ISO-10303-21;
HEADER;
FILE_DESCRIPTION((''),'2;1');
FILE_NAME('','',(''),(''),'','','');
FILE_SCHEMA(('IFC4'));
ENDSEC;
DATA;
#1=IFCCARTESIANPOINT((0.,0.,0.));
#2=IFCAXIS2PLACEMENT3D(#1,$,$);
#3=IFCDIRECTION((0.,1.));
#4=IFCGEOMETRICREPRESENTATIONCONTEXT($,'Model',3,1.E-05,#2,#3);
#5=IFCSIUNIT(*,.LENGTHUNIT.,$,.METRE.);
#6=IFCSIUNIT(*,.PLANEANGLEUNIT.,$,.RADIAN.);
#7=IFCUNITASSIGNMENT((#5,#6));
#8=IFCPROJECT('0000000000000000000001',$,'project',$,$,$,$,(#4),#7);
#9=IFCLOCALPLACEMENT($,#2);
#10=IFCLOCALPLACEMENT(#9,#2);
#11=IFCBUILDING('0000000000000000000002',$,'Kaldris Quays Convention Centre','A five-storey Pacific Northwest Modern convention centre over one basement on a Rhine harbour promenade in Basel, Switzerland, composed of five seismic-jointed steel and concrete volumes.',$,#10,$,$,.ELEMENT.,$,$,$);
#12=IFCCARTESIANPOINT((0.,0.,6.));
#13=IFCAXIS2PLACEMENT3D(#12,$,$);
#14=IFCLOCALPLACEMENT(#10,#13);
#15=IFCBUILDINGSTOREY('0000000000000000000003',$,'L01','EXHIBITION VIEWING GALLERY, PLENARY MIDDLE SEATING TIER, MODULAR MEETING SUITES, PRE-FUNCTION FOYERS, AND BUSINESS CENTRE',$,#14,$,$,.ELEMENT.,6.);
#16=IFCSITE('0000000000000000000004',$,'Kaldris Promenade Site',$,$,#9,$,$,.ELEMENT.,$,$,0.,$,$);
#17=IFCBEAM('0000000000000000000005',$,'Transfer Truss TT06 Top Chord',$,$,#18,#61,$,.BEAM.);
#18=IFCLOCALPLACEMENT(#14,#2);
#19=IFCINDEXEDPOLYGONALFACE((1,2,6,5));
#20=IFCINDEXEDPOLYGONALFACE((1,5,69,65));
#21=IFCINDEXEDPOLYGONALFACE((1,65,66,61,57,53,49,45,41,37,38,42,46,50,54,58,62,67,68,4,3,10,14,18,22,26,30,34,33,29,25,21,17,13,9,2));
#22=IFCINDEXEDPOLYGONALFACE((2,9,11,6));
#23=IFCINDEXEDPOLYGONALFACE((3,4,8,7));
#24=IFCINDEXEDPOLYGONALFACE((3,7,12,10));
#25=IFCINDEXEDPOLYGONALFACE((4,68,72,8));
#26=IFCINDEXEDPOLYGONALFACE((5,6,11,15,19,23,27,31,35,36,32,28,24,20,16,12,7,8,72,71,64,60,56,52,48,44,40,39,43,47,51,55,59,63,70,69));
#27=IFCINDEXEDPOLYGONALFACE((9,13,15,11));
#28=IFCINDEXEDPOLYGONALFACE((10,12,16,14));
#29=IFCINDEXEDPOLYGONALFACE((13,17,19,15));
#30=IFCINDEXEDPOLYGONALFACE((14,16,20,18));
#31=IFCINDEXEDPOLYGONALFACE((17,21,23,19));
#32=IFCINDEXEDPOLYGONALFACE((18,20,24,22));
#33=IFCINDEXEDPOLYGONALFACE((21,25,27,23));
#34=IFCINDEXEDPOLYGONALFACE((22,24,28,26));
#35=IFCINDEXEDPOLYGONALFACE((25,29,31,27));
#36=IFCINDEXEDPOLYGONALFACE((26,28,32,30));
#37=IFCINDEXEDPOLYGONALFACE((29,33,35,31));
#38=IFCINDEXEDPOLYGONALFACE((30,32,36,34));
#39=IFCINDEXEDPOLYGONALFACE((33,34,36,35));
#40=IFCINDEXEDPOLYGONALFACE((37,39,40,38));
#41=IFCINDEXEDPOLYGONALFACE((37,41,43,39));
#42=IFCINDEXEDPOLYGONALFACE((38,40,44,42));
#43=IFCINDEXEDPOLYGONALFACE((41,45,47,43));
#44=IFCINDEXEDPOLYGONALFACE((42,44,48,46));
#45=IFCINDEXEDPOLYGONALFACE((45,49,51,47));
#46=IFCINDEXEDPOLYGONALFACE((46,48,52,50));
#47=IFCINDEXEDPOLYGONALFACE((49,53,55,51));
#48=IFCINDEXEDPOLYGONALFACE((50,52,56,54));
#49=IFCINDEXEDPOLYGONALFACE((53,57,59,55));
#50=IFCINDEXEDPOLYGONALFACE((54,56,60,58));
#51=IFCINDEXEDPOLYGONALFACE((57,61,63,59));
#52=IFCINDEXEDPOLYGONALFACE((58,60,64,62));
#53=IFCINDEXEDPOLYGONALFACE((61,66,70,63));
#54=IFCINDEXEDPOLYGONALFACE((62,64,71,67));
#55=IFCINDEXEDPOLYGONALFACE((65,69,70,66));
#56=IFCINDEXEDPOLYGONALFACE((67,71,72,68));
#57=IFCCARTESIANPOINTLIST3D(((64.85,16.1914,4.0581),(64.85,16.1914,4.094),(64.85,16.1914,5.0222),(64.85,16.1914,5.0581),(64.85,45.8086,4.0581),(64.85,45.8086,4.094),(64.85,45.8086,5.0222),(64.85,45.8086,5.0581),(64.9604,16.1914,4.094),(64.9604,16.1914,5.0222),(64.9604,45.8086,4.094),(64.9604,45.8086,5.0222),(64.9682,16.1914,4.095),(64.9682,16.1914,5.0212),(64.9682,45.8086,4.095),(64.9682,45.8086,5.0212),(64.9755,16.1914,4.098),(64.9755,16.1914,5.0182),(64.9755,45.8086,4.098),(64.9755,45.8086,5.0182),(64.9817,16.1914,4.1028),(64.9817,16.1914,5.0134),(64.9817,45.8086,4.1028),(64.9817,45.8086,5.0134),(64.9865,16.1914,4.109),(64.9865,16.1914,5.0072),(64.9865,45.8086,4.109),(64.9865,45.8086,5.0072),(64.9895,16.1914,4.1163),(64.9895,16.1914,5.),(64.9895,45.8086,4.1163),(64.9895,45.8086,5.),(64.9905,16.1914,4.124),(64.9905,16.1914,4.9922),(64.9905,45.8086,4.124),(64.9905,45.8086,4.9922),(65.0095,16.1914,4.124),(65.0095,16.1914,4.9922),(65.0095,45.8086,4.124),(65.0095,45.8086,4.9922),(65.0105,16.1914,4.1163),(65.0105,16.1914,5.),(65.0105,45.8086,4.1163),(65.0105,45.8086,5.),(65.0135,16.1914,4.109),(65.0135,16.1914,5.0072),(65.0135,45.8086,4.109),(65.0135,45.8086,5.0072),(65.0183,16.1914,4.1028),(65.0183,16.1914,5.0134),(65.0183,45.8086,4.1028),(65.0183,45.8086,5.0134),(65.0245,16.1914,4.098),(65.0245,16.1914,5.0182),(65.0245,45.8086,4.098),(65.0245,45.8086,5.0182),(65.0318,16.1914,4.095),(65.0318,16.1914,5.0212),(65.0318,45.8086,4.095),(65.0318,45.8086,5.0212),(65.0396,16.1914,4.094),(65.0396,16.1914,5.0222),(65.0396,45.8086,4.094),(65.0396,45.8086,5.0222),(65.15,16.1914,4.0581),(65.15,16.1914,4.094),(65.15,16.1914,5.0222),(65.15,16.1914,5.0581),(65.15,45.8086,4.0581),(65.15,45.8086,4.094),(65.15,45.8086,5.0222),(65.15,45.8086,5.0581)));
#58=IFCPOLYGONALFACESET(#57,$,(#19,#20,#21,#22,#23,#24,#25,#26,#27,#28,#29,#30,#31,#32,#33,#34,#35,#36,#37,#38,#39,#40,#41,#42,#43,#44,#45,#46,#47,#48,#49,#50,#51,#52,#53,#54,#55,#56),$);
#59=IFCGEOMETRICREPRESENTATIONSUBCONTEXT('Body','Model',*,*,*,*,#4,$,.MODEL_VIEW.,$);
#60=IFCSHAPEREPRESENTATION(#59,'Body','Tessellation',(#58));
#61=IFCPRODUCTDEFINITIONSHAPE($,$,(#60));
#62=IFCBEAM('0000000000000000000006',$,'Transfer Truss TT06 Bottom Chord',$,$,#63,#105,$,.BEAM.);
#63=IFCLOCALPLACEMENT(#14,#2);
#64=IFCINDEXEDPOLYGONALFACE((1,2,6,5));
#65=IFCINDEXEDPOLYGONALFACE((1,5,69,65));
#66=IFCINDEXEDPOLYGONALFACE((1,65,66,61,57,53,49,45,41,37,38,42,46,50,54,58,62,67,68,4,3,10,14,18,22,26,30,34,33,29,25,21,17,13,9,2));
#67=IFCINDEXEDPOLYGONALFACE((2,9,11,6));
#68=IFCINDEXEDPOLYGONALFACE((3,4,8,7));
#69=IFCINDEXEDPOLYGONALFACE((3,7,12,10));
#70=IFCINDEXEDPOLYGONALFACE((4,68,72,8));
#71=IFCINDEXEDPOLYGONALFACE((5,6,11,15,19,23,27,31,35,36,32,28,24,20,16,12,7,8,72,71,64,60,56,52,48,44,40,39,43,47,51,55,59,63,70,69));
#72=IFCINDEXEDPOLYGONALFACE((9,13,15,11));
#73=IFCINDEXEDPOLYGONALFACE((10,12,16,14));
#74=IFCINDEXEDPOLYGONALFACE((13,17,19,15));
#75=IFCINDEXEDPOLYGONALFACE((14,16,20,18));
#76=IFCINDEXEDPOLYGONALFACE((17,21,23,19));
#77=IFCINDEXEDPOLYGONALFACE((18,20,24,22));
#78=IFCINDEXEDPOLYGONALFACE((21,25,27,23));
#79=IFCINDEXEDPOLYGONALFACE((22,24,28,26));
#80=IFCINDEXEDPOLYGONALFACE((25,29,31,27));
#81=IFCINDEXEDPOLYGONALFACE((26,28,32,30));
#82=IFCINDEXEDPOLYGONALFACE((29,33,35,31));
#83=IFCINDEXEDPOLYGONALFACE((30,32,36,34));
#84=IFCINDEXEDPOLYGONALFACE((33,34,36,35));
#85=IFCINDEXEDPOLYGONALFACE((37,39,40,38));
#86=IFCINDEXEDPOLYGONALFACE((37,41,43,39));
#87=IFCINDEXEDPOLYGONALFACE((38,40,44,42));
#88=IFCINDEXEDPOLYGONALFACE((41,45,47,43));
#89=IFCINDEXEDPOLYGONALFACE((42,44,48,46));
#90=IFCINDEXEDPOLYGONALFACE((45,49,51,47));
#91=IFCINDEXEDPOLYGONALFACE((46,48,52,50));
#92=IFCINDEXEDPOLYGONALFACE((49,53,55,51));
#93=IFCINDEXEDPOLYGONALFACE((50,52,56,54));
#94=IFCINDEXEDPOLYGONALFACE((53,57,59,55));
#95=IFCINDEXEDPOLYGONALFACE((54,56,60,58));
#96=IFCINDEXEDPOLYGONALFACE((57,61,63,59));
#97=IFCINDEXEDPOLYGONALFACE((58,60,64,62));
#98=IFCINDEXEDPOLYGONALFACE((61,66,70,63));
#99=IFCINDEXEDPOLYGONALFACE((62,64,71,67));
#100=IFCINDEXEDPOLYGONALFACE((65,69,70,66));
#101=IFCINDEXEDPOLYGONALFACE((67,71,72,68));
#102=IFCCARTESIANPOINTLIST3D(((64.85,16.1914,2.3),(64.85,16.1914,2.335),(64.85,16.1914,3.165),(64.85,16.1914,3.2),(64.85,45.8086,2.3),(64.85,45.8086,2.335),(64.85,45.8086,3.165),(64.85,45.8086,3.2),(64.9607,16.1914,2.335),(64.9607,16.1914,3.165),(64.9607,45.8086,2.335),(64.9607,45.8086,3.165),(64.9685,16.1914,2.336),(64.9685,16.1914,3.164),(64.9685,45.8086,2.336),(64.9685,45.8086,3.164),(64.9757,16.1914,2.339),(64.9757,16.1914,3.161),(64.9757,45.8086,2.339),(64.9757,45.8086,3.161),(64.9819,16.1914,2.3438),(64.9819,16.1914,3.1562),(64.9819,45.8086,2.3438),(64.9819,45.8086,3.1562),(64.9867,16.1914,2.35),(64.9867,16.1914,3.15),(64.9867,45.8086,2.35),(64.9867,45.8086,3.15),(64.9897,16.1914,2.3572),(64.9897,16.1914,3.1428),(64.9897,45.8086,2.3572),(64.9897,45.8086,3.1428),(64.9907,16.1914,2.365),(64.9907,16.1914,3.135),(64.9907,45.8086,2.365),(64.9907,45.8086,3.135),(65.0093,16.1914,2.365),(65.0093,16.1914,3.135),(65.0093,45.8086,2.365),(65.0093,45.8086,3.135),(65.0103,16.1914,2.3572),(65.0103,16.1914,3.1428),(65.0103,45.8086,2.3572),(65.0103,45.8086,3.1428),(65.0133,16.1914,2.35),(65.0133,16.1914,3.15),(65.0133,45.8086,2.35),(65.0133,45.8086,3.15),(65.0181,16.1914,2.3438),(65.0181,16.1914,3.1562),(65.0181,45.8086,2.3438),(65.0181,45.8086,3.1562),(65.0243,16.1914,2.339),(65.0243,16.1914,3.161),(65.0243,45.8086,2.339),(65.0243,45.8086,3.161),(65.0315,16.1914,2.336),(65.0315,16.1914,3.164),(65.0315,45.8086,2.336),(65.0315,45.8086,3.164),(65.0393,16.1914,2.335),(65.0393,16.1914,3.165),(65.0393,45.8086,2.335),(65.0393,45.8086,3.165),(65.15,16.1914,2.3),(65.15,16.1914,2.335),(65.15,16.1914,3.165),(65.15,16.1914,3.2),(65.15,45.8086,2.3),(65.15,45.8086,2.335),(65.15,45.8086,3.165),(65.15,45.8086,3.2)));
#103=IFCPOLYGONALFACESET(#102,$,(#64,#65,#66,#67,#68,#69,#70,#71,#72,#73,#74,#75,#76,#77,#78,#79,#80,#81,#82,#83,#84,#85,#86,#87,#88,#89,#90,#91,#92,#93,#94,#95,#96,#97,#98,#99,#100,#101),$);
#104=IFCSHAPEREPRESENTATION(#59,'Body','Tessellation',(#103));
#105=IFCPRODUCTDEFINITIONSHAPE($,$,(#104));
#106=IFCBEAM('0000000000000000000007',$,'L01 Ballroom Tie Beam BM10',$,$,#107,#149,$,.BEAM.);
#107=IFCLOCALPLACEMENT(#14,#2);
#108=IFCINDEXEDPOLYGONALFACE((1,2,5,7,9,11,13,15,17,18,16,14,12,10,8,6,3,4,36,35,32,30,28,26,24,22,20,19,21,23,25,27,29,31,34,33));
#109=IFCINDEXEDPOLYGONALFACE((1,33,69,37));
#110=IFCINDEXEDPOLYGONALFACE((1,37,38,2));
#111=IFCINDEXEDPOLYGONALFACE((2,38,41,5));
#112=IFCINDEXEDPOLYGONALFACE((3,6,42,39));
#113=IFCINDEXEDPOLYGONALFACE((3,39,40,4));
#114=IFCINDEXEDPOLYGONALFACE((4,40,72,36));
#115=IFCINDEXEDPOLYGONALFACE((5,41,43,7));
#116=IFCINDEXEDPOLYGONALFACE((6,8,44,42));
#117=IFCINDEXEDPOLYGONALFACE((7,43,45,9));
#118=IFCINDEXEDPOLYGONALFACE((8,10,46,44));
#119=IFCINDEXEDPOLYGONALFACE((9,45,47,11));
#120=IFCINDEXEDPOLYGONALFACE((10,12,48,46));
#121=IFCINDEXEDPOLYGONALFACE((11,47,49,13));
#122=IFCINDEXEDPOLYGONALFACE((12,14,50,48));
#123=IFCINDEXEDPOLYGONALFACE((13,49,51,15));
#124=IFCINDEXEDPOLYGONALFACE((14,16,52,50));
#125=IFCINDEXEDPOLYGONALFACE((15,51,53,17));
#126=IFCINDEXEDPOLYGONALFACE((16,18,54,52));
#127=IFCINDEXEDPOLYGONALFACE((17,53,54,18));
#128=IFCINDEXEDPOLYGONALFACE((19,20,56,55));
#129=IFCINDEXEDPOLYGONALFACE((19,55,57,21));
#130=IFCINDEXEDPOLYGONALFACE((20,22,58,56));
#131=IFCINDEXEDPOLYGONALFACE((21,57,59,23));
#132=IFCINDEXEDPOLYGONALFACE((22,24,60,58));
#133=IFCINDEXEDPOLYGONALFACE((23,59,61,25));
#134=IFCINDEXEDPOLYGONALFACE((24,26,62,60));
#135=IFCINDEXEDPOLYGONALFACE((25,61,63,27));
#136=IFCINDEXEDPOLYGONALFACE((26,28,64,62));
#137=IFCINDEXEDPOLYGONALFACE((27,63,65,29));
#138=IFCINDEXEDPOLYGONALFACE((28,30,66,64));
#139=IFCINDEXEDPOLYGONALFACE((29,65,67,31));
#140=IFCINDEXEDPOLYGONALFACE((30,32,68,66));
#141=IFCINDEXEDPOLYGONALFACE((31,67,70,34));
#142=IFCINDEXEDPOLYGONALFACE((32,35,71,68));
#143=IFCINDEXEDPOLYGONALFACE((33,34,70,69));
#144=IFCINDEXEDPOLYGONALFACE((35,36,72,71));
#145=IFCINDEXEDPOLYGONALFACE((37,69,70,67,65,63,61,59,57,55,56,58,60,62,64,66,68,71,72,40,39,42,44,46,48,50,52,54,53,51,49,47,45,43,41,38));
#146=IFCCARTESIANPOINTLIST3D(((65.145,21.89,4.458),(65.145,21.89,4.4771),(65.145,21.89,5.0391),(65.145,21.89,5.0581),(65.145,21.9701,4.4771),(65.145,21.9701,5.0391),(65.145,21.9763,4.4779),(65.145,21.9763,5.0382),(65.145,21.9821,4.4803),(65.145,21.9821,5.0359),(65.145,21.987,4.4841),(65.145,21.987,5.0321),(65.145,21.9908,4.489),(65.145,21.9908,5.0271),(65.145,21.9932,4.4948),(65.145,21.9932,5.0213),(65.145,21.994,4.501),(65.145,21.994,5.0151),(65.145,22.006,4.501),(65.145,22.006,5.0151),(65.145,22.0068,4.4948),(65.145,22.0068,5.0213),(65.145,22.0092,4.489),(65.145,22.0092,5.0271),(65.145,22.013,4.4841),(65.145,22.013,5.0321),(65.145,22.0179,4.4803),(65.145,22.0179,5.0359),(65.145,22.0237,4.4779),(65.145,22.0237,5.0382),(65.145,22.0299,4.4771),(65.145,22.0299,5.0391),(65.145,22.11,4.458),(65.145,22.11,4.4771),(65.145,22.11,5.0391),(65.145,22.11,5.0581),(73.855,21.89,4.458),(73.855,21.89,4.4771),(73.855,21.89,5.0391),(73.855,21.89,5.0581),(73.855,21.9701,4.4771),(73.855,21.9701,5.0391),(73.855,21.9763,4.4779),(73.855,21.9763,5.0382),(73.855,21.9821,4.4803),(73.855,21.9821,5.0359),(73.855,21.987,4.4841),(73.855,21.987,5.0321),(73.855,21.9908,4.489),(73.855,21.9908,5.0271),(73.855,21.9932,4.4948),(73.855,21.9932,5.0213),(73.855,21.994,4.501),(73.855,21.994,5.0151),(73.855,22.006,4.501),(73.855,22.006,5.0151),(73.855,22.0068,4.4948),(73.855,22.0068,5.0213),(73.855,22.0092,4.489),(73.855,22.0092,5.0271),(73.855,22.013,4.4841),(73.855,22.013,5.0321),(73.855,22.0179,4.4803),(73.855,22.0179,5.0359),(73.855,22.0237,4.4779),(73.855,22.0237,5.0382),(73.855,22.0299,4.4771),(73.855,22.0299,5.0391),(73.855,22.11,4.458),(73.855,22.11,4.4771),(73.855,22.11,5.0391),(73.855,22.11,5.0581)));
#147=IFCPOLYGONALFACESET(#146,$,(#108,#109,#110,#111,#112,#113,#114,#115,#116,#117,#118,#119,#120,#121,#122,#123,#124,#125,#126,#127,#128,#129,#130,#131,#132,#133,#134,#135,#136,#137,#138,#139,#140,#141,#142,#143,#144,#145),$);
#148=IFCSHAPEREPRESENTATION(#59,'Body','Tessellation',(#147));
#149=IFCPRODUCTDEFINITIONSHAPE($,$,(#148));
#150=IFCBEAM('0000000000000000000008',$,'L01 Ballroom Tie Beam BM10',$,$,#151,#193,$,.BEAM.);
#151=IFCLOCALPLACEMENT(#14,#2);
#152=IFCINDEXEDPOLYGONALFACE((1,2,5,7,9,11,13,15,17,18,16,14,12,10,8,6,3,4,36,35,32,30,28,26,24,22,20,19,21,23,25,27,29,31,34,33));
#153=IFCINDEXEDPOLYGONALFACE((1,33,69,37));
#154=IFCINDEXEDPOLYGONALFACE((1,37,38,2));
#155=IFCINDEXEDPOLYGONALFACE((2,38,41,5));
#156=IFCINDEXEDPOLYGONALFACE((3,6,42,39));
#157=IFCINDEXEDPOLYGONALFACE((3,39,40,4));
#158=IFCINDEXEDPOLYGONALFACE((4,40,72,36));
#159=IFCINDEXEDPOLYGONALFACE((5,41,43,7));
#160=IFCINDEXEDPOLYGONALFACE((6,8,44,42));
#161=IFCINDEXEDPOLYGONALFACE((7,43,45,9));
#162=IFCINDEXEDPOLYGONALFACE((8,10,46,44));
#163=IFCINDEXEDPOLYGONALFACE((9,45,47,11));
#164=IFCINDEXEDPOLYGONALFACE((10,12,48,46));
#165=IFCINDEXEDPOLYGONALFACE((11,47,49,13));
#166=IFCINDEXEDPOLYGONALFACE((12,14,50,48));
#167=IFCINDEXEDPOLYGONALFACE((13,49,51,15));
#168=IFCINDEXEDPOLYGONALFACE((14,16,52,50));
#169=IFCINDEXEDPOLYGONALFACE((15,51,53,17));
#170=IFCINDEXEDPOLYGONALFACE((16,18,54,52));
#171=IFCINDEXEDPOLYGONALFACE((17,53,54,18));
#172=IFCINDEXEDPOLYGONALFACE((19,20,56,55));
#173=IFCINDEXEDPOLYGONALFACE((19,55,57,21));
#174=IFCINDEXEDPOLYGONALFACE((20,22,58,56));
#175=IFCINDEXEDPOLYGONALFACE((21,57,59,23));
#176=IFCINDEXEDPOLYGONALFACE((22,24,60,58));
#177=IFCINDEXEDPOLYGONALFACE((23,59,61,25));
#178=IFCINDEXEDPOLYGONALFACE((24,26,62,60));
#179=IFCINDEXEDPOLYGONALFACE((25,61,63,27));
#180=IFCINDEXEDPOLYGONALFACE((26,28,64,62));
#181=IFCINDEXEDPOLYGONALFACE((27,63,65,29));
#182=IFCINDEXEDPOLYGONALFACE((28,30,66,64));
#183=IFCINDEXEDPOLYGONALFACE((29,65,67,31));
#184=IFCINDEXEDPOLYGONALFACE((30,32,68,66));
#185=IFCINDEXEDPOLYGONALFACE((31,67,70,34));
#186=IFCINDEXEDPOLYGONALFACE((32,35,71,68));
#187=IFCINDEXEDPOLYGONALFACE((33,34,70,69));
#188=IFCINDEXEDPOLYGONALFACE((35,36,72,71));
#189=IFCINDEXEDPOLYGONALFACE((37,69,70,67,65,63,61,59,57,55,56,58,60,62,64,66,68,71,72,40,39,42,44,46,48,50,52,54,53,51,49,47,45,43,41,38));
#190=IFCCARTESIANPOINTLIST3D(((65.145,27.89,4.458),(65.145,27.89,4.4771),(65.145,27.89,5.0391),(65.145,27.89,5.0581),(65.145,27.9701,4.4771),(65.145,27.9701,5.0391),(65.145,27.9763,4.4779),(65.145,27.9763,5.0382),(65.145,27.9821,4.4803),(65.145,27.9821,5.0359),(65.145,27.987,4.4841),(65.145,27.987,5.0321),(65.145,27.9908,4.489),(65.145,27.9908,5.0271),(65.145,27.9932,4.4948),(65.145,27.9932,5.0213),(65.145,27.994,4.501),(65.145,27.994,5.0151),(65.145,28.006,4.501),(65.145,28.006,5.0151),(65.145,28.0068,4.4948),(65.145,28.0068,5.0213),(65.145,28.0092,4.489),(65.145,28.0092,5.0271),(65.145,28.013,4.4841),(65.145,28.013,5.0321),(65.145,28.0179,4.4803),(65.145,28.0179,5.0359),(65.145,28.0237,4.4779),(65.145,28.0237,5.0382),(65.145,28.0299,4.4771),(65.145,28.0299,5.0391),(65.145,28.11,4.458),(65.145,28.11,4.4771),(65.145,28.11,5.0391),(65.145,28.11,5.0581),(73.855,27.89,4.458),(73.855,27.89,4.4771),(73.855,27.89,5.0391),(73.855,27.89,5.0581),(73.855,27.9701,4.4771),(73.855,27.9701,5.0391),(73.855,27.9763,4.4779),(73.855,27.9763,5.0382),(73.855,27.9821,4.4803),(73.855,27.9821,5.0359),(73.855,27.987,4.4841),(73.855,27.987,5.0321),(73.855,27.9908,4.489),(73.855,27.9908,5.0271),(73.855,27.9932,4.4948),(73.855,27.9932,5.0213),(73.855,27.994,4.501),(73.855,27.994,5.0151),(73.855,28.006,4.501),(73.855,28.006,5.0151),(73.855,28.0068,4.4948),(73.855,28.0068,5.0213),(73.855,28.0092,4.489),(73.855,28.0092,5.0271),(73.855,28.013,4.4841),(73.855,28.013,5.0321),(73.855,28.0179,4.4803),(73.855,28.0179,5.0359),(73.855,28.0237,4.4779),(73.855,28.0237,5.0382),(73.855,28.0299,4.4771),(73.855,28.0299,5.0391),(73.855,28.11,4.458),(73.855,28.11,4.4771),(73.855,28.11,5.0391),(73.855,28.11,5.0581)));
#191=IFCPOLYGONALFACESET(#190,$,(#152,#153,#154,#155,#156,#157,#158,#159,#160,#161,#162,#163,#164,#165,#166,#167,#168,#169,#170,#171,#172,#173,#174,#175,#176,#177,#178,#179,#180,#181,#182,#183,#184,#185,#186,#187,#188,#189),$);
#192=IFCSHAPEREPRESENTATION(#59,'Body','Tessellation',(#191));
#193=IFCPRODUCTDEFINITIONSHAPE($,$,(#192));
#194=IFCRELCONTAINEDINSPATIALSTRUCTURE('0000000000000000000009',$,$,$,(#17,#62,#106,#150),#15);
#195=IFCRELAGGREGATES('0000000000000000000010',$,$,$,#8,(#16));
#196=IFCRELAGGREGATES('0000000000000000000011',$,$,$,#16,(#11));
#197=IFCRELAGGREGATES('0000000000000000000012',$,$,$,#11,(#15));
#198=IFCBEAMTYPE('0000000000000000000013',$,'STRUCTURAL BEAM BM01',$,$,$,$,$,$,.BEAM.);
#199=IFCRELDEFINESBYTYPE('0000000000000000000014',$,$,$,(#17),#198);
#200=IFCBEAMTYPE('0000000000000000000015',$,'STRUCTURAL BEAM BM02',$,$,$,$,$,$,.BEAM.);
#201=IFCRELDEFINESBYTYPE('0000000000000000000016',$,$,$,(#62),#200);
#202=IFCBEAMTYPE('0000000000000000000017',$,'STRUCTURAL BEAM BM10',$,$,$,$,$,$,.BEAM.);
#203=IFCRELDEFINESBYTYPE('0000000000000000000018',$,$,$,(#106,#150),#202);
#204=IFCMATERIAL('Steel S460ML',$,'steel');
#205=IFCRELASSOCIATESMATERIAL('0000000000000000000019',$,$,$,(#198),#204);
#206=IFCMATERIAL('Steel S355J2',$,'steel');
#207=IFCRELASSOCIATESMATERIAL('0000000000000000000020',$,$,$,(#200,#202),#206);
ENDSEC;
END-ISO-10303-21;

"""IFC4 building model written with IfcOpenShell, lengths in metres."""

from ifc_helpers import new_model, si_unit, direction, frame, origin, origin_2d, place, context, subcontext, project, spatial, i_section, extrude, material, material_profile, profile_set, type_object, element, save


model = new_model("IFC4")

# Units and contexts
model_context = context("Model", 3, precision=1e-05, world=origin(), true_north=direction((0.0, 1.0)))
body_context = subcontext(model_context, "Body", "Model", "MODEL_VIEW")
ifc_project = project(units=[si_unit("LENGTHUNIT", "METRE"), si_unit("PLANEANGLEUNIT", "RADIAN")], contexts=[model_context])

# Site, building, storey
site_placement = place(None, origin())
site = spatial("IfcSite", under=ifc_project, at=site_placement, Name="Kaldris Promenade Site", CompositionType="ELEMENT", RefElevation=0.0)
building_placement = place(site_placement, origin())
building = spatial("IfcBuilding", under=site, at=building_placement, Name="Kaldris Quays Convention Centre", Description="A five-storey Pacific Northwest Modern convention centre over one basement on a Rhine harbour promenade in Basel, Switzerland, composed of five seismic-jointed steel and concrete volumes.", CompositionType="ELEMENT")
storey_placement = place(building_placement, frame((0.0, 0.0, 6.0)))
storey = spatial("IfcBuildingStorey", under=building, at=storey_placement, Name="L01", Description="EXHIBITION VIEWING GALLERY, PLENARY MIDDLE SEATING TIER, MODULAR MEETING SUITES, PRE-FUNCTION FOYERS, AND BUSINESS CENTRE", CompositionType="ELEMENT", Elevation=6.0)

# Beams
ifc_material_1 = material(Name="Steel S460ML", Category="steel")
ifc_material_profile_1 = material_profile(ifc_material_1, i_section(OverallWidth=0.3, OverallDepth=1.0, WebThickness=0.019, FlangeThickness=0.0359, FilletRadius=0.03, at=origin_2d()), Name="HEB 1000")
ifc_profile_set_1 = profile_set([ifc_material_profile_1], Name="Steel S460ML")
beam_type_1 = type_object("IfcBeamType", Name="STRUCTURAL BEAM BM01", PredefinedType="BEAM", material=ifc_profile_set_1)
beam_1_placement = place(storey_placement, frame((65.0, 16.1914, 4.5581), z_axis=(0.0, 1.0, 0.0), x_axis=(-1.0, 0.0, 0.0)))
element("IfcBeam", 1, at=beam_1_placement, inside=storey, type_object=beam_type_1, Name="Transfer Truss TT06 Top Chord", PredefinedType="BEAM", context=body_context, shape_type="SweptSolid", body=[
    extrude(i_section(OverallWidth=0.3, OverallDepth=1.0, WebThickness=0.019, FlangeThickness=0.0359, FilletRadius=0.03, at=origin_2d()), origin(), (0.0, 0.0, 1.0), 29.6172),
])
ifc_material_2 = material(Name="Steel S355J2", Category="steel")
ifc_material_profile_2 = material_profile(ifc_material_2, i_section(OverallWidth=0.3, OverallDepth=0.8999, WebThickness=0.0186, FlangeThickness=0.0349, FilletRadius=0.03, at=origin_2d()), Name="HEB 900")
ifc_profile_set_2 = profile_set([ifc_material_profile_2], Name="Steel S355J2")
beam_type_2 = type_object("IfcBeamType", Name="STRUCTURAL BEAM BM02", PredefinedType="BEAM", material=ifc_profile_set_2)
beam_2_placement = place(storey_placement, frame((65.0, 16.1914, 2.75), z_axis=(0.0, 1.0, 0.0), x_axis=(-1.0, 0.0, 0.0)))
element("IfcBeam", 2, at=beam_2_placement, inside=storey, type_object=beam_type_2, Name="Transfer Truss TT06 Bottom Chord", PredefinedType="BEAM", context=body_context, shape_type="SweptSolid", body=[
    extrude(i_section(OverallWidth=0.3, OverallDepth=0.8999, WebThickness=0.0186, FlangeThickness=0.0349, FilletRadius=0.03, at=origin_2d()), origin(), (0.0, 0.0, 1.0), 29.6172),
])
ifc_material_profile_3 = material_profile(ifc_material_2, i_section(OverallWidth=0.22, OverallDepth=0.6001, WebThickness=0.012, FlangeThickness=0.019, FilletRadius=0.0239, at=origin_2d()), Name="IPE 600")
ifc_profile_set_3 = profile_set([ifc_material_profile_3], Name="Steel S355J2")
beam_type_3 = type_object("IfcBeamType", Name="STRUCTURAL BEAM BM10", PredefinedType="BEAM", material=ifc_profile_set_3)
for number, where, z_axis, x_axis, name in (
    (3, (65.145, 22.0, 4.7581), (1.0, 0.0, 0.0), (0.0, 1.0, 0.0), "L01 Ballroom Tie Beam BM10"),
    (4, (65.145, 28.0, 4.7581), (1.0, 0.0, 0.0), (0.0, 1.0, 0.0), "L01 Ballroom Tie Beam BM10"),
):
    element("IfcBeam", number, at=place(storey_placement, frame(where, z_axis=z_axis, x_axis=x_axis)), inside=storey, type_object=beam_type_3, Name=name, PredefinedType="BEAM", context=body_context, shape_type="SweptSolid", body=[
        extrude(i_section(OverallWidth=0.22, OverallDepth=0.6001, WebThickness=0.012, FlangeThickness=0.019, FilletRadius=0.0239, at=origin_2d()), origin(), (0.0, 0.0, 1.0), 8.71),
    ])

save(model, "model.ifc")
